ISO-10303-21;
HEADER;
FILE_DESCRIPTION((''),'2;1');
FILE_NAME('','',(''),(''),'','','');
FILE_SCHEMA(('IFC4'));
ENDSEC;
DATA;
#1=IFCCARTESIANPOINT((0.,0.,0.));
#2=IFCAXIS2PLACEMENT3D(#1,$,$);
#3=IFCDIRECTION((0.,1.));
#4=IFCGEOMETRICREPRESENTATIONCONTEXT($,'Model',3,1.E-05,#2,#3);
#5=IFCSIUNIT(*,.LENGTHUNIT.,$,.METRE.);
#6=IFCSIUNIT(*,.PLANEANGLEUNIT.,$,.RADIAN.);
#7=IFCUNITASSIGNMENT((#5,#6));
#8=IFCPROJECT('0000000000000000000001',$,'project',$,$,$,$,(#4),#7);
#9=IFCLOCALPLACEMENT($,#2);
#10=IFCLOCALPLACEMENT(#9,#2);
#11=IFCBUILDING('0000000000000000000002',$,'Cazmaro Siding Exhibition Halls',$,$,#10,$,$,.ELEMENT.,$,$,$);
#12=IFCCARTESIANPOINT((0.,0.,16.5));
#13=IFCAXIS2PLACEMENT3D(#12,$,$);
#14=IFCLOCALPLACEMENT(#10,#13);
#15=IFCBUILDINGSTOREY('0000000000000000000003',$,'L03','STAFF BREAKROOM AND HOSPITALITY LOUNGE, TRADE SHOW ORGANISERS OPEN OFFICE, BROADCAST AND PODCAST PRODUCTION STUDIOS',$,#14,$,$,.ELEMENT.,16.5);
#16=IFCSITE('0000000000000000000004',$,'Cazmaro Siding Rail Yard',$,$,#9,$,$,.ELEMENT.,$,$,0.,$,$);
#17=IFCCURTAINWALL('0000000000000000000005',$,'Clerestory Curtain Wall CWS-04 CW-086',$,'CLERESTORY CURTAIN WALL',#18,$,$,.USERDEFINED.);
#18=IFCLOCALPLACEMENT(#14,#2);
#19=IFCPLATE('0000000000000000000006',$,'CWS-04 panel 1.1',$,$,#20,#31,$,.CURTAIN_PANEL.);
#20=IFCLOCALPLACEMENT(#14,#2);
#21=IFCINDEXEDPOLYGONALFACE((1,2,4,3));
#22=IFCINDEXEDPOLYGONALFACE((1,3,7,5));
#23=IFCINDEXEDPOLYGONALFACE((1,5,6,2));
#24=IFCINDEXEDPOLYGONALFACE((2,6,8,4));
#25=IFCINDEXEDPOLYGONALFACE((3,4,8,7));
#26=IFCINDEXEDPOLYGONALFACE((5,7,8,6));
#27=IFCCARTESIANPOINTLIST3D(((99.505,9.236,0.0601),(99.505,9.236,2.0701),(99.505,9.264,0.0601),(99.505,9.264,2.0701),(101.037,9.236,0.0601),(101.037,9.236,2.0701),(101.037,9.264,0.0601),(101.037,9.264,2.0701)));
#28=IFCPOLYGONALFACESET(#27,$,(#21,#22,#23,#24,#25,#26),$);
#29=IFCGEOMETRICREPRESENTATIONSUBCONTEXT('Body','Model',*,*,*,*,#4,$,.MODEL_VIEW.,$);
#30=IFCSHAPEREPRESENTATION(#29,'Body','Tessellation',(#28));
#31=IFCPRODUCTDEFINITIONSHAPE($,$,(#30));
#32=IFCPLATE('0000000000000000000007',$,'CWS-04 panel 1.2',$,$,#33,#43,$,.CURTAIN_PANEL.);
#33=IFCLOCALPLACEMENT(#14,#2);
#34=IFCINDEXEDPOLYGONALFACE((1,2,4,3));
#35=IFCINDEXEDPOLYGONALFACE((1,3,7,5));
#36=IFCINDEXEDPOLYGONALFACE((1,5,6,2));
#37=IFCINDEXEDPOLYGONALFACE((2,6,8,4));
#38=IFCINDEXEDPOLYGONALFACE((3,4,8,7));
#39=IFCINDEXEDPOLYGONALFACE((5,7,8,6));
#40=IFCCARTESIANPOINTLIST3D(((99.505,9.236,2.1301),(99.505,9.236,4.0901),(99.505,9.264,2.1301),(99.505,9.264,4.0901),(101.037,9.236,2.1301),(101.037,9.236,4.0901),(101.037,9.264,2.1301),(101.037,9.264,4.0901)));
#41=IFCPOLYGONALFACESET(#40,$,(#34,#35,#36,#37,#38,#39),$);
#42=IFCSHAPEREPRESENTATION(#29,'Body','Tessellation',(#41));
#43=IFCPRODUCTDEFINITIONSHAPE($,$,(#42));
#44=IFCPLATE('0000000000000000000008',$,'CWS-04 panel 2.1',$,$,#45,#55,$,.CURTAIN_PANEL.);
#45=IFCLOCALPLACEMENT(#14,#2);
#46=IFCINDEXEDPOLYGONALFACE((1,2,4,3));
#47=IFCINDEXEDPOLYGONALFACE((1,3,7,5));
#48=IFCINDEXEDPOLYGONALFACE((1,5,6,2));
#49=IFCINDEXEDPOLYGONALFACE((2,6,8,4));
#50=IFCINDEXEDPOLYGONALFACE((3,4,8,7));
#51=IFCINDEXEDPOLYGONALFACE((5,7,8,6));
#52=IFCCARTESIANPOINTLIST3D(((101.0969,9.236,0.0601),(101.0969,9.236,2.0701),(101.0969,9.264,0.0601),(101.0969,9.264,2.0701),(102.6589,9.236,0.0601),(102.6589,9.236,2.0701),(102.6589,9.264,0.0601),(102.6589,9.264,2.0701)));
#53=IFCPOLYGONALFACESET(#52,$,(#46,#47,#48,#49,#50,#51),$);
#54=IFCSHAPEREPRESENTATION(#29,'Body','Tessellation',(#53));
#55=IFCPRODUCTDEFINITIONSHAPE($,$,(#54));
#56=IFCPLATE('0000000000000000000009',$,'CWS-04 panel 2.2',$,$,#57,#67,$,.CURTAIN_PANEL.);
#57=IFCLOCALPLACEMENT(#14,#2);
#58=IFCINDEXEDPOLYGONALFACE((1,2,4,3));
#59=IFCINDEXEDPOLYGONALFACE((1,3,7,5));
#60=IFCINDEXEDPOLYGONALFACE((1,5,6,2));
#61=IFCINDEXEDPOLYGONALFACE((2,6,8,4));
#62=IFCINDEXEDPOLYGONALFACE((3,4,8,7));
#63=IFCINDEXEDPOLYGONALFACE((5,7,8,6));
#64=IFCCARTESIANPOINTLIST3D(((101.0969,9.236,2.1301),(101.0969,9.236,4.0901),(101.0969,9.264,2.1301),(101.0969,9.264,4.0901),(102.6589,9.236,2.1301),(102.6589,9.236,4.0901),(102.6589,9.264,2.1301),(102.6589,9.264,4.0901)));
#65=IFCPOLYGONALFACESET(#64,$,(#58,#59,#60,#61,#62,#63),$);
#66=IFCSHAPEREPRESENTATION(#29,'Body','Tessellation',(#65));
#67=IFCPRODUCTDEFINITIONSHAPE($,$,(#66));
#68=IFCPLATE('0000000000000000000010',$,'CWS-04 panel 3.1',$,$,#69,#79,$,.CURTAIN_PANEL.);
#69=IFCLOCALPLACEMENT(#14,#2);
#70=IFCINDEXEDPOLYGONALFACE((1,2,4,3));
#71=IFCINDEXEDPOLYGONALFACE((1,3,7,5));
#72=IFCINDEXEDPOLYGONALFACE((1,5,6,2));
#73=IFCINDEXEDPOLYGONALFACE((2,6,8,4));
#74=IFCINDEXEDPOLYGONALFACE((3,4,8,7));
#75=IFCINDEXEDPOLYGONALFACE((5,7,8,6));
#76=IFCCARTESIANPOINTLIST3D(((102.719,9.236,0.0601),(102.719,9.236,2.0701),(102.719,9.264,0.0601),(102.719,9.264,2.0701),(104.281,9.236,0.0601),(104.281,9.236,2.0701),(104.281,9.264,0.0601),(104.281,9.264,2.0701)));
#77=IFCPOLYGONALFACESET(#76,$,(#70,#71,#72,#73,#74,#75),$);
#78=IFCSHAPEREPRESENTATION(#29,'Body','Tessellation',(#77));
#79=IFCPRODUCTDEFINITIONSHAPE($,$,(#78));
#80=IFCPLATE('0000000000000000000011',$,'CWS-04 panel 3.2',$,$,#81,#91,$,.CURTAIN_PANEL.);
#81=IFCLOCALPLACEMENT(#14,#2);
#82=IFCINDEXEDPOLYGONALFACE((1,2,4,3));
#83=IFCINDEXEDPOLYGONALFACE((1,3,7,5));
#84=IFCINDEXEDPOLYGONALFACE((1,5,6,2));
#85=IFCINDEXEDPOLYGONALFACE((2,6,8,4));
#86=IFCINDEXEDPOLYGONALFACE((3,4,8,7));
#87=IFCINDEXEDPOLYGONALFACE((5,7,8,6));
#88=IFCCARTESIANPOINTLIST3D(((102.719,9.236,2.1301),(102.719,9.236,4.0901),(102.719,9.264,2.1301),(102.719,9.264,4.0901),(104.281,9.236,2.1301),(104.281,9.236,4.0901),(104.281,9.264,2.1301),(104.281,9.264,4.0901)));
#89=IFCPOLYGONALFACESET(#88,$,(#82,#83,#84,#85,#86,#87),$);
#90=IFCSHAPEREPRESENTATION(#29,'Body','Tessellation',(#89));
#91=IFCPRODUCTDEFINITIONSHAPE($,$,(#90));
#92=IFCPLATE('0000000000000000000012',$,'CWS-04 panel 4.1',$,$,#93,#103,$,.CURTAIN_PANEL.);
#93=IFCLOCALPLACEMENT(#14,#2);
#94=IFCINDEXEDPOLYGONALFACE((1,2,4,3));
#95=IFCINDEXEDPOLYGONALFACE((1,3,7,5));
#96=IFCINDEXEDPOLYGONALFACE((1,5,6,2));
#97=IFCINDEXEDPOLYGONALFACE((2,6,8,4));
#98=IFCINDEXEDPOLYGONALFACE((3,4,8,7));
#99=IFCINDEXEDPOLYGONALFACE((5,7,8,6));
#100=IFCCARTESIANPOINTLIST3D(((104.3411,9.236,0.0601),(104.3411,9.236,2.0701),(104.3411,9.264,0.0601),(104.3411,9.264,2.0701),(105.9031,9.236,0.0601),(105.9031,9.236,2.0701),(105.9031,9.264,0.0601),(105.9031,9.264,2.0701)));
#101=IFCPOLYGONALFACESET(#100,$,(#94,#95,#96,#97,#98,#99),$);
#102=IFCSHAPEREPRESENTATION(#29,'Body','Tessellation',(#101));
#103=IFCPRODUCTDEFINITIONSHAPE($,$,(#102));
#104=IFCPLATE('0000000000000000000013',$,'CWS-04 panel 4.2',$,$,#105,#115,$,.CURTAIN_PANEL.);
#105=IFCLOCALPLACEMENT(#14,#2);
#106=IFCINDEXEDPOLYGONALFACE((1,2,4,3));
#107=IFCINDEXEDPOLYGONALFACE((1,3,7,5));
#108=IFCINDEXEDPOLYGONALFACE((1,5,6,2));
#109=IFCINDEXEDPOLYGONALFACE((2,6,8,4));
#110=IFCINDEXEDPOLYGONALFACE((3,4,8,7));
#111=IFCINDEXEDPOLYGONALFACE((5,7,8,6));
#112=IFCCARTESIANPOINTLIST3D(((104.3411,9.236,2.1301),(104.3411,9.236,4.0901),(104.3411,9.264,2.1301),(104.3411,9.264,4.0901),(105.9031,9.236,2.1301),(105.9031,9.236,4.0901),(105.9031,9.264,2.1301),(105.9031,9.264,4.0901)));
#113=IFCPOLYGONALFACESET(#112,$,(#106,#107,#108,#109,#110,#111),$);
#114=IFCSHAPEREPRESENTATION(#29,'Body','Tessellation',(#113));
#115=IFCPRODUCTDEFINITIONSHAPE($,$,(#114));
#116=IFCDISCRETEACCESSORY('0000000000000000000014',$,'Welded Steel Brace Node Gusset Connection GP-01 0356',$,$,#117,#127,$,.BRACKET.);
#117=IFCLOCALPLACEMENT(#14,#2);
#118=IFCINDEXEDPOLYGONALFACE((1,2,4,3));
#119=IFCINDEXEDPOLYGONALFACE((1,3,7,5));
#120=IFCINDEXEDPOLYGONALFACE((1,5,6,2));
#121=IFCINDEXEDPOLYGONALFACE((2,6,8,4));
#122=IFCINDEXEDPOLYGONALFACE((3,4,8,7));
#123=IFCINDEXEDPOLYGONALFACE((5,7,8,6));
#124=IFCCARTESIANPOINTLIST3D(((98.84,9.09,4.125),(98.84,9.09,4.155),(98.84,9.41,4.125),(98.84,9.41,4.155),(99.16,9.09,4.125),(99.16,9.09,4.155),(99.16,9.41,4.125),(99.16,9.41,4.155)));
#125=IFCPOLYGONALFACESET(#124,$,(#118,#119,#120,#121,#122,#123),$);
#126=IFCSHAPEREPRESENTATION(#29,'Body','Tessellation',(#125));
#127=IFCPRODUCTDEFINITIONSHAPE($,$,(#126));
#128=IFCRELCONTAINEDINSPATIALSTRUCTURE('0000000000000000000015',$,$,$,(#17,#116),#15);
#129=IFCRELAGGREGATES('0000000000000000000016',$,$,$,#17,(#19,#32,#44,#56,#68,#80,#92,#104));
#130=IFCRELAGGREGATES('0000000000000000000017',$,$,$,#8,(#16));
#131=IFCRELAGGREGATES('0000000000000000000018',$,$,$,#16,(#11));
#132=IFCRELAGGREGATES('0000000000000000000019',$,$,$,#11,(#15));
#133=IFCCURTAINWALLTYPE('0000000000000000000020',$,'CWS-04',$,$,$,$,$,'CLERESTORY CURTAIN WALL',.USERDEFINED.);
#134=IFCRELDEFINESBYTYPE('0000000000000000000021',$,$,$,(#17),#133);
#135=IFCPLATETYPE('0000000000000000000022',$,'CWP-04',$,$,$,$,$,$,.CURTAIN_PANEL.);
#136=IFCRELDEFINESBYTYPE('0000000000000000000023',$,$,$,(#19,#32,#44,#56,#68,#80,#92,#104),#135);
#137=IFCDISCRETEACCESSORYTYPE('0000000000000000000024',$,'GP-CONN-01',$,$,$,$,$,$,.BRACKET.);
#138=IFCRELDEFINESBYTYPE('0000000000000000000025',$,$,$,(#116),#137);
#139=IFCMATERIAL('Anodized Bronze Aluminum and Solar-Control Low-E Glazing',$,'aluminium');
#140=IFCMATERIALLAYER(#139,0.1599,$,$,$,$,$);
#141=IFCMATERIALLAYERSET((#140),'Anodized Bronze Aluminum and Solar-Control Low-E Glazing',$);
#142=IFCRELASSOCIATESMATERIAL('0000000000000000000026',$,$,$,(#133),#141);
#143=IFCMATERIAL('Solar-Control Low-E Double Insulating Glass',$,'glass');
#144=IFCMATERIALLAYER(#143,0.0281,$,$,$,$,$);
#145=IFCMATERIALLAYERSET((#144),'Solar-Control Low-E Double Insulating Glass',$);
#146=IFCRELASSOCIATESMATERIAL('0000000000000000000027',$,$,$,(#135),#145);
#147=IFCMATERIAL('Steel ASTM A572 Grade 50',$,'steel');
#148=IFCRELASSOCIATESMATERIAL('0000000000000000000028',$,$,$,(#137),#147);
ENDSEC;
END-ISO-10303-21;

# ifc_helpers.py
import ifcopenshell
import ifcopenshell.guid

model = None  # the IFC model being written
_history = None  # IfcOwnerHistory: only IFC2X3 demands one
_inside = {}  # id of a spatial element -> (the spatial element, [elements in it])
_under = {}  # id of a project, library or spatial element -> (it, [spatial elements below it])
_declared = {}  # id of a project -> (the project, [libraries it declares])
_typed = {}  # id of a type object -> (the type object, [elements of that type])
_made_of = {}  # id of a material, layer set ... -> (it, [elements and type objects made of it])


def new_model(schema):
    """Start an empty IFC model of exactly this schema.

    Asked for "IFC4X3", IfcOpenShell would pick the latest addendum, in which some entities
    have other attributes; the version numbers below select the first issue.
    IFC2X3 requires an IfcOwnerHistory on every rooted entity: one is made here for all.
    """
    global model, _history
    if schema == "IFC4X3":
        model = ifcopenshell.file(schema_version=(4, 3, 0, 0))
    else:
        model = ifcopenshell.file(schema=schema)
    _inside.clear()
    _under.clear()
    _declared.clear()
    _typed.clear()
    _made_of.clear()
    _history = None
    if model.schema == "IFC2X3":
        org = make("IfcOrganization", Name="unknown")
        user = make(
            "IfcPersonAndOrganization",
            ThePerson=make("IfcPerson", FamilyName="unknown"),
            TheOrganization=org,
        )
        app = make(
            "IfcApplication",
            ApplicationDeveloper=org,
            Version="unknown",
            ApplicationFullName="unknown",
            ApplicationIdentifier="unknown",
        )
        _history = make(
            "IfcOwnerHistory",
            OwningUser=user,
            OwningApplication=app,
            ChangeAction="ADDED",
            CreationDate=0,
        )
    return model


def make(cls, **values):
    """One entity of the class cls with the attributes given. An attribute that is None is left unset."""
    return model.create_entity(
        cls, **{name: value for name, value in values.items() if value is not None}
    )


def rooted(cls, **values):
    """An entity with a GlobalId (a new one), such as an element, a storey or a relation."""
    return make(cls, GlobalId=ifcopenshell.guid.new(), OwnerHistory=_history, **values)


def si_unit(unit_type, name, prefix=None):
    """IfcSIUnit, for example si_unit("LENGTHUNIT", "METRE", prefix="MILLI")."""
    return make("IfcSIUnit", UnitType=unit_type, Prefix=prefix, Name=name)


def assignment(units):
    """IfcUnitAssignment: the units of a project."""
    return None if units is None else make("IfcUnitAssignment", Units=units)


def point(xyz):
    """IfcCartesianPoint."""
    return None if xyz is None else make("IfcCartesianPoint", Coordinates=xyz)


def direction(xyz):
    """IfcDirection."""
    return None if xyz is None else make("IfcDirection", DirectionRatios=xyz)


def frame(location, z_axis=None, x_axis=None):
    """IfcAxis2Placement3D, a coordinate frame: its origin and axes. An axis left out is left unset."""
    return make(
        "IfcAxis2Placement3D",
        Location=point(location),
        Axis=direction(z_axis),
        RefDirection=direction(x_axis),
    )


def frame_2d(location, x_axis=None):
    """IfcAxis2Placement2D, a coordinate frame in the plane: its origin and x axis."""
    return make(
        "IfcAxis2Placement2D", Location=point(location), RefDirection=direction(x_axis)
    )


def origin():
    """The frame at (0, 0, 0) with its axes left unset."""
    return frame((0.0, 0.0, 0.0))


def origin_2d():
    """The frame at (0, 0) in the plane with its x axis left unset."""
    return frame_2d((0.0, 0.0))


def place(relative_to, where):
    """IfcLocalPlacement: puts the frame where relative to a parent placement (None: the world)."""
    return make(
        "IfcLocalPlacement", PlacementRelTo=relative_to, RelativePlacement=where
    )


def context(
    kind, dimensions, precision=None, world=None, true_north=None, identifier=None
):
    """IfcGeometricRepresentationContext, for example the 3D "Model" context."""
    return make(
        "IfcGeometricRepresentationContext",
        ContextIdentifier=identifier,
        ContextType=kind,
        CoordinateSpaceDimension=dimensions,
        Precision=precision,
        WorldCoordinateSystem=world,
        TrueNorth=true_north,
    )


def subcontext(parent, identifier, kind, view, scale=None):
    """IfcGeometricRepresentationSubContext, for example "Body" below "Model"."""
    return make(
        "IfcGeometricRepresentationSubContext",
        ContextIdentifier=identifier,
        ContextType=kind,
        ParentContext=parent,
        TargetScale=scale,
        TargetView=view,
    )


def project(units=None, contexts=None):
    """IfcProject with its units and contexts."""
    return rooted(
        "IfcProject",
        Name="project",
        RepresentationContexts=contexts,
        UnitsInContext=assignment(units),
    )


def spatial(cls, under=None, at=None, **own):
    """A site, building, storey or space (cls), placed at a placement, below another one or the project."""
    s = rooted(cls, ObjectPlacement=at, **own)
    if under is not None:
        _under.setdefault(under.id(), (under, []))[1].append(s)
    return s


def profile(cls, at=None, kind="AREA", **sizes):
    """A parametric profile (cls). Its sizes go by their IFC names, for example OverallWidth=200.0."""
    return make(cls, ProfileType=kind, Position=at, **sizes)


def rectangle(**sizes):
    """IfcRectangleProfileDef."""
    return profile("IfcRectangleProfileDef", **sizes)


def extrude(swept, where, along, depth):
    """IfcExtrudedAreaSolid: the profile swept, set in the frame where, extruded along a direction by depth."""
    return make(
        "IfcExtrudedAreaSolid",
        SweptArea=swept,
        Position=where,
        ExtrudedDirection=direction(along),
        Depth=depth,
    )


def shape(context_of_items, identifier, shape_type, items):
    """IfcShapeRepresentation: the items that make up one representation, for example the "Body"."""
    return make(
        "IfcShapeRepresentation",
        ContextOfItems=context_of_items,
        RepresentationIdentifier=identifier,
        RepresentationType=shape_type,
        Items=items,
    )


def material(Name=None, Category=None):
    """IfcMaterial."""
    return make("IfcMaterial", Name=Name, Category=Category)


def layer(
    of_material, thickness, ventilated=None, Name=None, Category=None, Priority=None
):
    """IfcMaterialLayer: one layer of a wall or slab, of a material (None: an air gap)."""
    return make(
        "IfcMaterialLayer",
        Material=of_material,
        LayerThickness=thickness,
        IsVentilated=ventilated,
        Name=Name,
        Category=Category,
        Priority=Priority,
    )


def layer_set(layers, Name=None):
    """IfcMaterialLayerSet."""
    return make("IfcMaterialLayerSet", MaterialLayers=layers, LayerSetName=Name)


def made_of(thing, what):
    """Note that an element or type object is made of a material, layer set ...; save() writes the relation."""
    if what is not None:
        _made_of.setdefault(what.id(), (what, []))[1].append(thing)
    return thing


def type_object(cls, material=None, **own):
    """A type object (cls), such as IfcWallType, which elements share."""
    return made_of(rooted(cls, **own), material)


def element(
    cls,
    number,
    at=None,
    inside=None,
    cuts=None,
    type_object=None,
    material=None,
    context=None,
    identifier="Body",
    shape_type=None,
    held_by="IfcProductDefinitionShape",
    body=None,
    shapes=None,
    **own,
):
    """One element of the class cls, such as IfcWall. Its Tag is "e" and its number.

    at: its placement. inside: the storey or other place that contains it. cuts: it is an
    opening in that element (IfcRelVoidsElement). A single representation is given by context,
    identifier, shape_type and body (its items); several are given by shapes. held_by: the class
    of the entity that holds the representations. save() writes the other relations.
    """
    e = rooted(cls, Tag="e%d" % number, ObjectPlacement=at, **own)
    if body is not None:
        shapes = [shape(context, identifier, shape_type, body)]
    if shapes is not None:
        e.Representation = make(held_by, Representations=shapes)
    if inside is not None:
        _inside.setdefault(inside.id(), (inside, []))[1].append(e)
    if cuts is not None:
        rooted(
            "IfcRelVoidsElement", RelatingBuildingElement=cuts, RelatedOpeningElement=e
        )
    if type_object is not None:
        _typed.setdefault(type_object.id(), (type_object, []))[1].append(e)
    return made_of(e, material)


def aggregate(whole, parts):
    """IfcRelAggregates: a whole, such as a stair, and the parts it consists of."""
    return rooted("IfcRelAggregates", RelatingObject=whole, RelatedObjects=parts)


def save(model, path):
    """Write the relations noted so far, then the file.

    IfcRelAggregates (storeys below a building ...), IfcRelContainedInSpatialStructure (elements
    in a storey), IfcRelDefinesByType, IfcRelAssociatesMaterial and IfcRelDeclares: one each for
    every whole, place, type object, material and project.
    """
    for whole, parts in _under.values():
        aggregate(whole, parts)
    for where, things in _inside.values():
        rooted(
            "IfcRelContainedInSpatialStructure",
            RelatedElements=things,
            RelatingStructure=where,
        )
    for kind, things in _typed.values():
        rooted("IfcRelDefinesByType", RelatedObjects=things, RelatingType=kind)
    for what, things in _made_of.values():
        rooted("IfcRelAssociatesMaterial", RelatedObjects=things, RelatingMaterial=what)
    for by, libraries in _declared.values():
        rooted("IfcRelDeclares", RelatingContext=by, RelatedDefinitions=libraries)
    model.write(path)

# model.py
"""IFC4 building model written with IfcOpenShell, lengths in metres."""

from ifc_helpers import new_model, si_unit, direction, frame, origin, origin_2d, place, context, subcontext, project, spatial, rectangle, extrude, material, layer, layer_set, type_object, element, aggregate, save


model = new_model("IFC4")

# Units and contexts
model_context = context("Model", 3, precision=1e-05, world=origin(), true_north=direction((0.0, 1.0)))
body_context = subcontext(model_context, "Body", "Model", "MODEL_VIEW")
ifc_project = project(units=[si_unit("LENGTHUNIT", "METRE"), si_unit("PLANEANGLEUNIT", "RADIAN")], contexts=[model_context])

# Site, building, storey
site_placement = place(None, origin())
site = spatial("IfcSite", under=ifc_project, at=site_placement, Name="Cazmaro Siding Rail Yard", CompositionType="ELEMENT", RefElevation=0.0)
building_placement = place(site_placement, origin())
building = spatial("IfcBuilding", under=site, at=building_placement, Name="Cazmaro Siding Exhibition Halls", CompositionType="ELEMENT")
storey_placement = place(building_placement, frame((0.0, 0.0, 16.5)))
storey = spatial("IfcBuildingStorey", under=building, at=storey_placement, Name="L03", Description="STAFF BREAKROOM AND HOSPITALITY LOUNGE, TRADE SHOW ORGANISERS OPEN OFFICE, BROADCAST AND PODCAST PRODUCTION STUDIOS", CompositionType="ELEMENT", Elevation=16.5)

# Shared definitions
ifc_material_1 = material(Name="Anodized Bronze Aluminum and Solar-Control Low-E Glazing", Category="aluminium")
ifc_layer_1 = layer(ifc_material_1, 0.1599)
ifc_layer_set_1 = layer_set([ifc_layer_1], Name="Anodized Bronze Aluminum and Solar-Control Low-E Glazing")
curtain_wall_type = type_object("IfcCurtainWallType", Name="CWS-04", ElementType="CLERESTORY CURTAIN WALL", PredefinedType="USERDEFINED", material=ifc_layer_set_1)

# Curtain wall
curtain_wall_1_placement = place(storey_placement, origin())
curtain_wall_1 = element("IfcCurtainWall", 1, at=curtain_wall_1_placement, inside=storey, type_object=curtain_wall_type, Name="Clerestory Curtain Wall CWS-04 CW-086", ObjectType="CLERESTORY CURTAIN WALL", PredefinedType="USERDEFINED")

# Plates
ifc_material_2 = material(Name="Solar-Control Low-E Double Insulating Glass", Category="glass")
ifc_layer_2 = layer(ifc_material_2, 0.0281)
ifc_layer_set_2 = layer_set([ifc_layer_2], Name="Solar-Control Low-E Double Insulating Glass")
plate_type = type_object("IfcPlateType", Name="CWP-04", PredefinedType="CURTAIN_PANEL", material=ifc_layer_set_2)
plate_1_placement = place(storey_placement, frame((100.271, 9.25, 0.0601), z_axis=(0.0, 0.0, 1.0), x_axis=(1.0, 0.0, 0.0)))
plate_1 = element("IfcPlate", 2, at=plate_1_placement, type_object=plate_type, Name="CWS-04 panel 1.1", PredefinedType="CURTAIN_PANEL", context=body_context, shape_type="SweptSolid", body=[
    extrude(rectangle(XDim=1.532, YDim=0.0281, at=origin_2d()), origin(), (0.0, 0.0, 1.0), 2.01),
])
plate_2_placement = place(storey_placement, frame((100.271, 9.25, 2.1301), z_axis=(0.0, 0.0, 1.0), x_axis=(1.0, 0.0, 0.0)))
plate_2 = element("IfcPlate", 3, at=plate_2_placement, type_object=plate_type, Name="CWS-04 panel 1.2", PredefinedType="CURTAIN_PANEL", context=body_context, shape_type="SweptSolid", body=[
    extrude(rectangle(XDim=1.532, YDim=0.0281, at=origin_2d()), origin(), (0.0, 0.0, 1.0), 1.96),
])
plate_3_placement = place(storey_placement, frame((101.8779, 9.25, 0.0601), z_axis=(0.0, 0.0, 1.0), x_axis=(1.0, 0.0, 0.0)))
plate_3 = element("IfcPlate", 4, at=plate_3_placement, type_object=plate_type, Name="CWS-04 panel 2.1", PredefinedType="CURTAIN_PANEL", context=body_context, shape_type="SweptSolid", body=[
    extrude(rectangle(XDim=1.562, YDim=0.0281, at=origin_2d()), origin(), (0.0, 0.0, 1.0), 2.01),
])
plate_4_placement = place(storey_placement, frame((101.8779, 9.25, 2.1301), z_axis=(0.0, 0.0, 1.0), x_axis=(1.0, 0.0, 0.0)))
plate_4 = element("IfcPlate", 5, at=plate_4_placement, type_object=plate_type, Name="CWS-04 panel 2.2", PredefinedType="CURTAIN_PANEL", context=body_context, shape_type="SweptSolid", body=[
    extrude(rectangle(XDim=1.562, YDim=0.0281, at=origin_2d()), origin(), (0.0, 0.0, 1.0), 1.96),
])
plate_5_placement = place(storey_placement, frame((103.5, 9.25, 0.0601), z_axis=(0.0, 0.0, 1.0), x_axis=(1.0, 0.0, 0.0)))
plate_5 = element("IfcPlate", 6, at=plate_5_placement, type_object=plate_type, Name="CWS-04 panel 3.1", PredefinedType="CURTAIN_PANEL", context=body_context, shape_type="SweptSolid", body=[
    extrude(rectangle(XDim=1.562, YDim=0.0281, at=origin_2d()), origin(), (0.0, 0.0, 1.0), 2.01),
])
plate_6_placement = place(storey_placement, frame((103.5, 9.25, 2.1301), z_axis=(0.0, 0.0, 1.0), x_axis=(1.0, 0.0, 0.0)))
plate_6 = element("IfcPlate", 7, at=plate_6_placement, type_object=plate_type, Name="CWS-04 panel 3.2", PredefinedType="CURTAIN_PANEL", context=body_context, shape_type="SweptSolid", body=[
    extrude(rectangle(XDim=1.562, YDim=0.0281, at=origin_2d()), origin(), (0.0, 0.0, 1.0), 1.96),
])
plate_7_placement = place(storey_placement, frame((105.1221, 9.25, 0.0601), z_axis=(0.0, 0.0, 1.0), x_axis=(1.0, 0.0, 0.0)))
plate_7 = element("IfcPlate", 8, at=plate_7_placement, type_object=plate_type, Name="CWS-04 panel 4.1", PredefinedType="CURTAIN_PANEL", context=body_context, shape_type="SweptSolid", body=[
    extrude(rectangle(XDim=1.562, YDim=0.0281, at=origin_2d()), origin(), (0.0, 0.0, 1.0), 2.01),
])
plate_8_placement = place(storey_placement, frame((105.1221, 9.25, 2.1301), z_axis=(0.0, 0.0, 1.0), x_axis=(1.0, 0.0, 0.0)))
plate_8 = element("IfcPlate", 9, at=plate_8_placement, type_object=plate_type, Name="CWS-04 panel 4.2", PredefinedType="CURTAIN_PANEL", context=body_context, shape_type="SweptSolid", body=[
    extrude(rectangle(XDim=1.562, YDim=0.0281, at=origin_2d()), origin(), (0.0, 0.0, 1.0), 1.96),
])
aggregate(curtain_wall_1, [plate_1, plate_2, plate_3, plate_4, plate_5, plate_6, plate_7, plate_8])

# Discrete accessory
ifc_material_3 = material(Name="Steel ASTM A572 Grade 50", Category="steel")
discrete_accessory_type = type_object("IfcDiscreteAccessoryType", Name="GP-CONN-01", PredefinedType="BRACKET", material=ifc_material_3)
discrete_accessory_placement = place(storey_placement, frame((99.0, 9.25, 4.125), z_axis=(0.0, 0.0, 1.0), x_axis=(1.0, 0.0, 0.0)))
element("IfcDiscreteAccessory", 10, at=discrete_accessory_placement, inside=storey, type_object=discrete_accessory_type, Name="Welded Steel Brace Node Gusset Connection GP-01 0356", PredefinedType="BRACKET", context=body_context, shape_type="SweptSolid", body=[
    extrude(rectangle(XDim=0.3201, YDim=0.3201, at=origin_2d()), origin(), (0.0, 0.0, 1.0), 0.03),
])

save(model, "model.ifc")
